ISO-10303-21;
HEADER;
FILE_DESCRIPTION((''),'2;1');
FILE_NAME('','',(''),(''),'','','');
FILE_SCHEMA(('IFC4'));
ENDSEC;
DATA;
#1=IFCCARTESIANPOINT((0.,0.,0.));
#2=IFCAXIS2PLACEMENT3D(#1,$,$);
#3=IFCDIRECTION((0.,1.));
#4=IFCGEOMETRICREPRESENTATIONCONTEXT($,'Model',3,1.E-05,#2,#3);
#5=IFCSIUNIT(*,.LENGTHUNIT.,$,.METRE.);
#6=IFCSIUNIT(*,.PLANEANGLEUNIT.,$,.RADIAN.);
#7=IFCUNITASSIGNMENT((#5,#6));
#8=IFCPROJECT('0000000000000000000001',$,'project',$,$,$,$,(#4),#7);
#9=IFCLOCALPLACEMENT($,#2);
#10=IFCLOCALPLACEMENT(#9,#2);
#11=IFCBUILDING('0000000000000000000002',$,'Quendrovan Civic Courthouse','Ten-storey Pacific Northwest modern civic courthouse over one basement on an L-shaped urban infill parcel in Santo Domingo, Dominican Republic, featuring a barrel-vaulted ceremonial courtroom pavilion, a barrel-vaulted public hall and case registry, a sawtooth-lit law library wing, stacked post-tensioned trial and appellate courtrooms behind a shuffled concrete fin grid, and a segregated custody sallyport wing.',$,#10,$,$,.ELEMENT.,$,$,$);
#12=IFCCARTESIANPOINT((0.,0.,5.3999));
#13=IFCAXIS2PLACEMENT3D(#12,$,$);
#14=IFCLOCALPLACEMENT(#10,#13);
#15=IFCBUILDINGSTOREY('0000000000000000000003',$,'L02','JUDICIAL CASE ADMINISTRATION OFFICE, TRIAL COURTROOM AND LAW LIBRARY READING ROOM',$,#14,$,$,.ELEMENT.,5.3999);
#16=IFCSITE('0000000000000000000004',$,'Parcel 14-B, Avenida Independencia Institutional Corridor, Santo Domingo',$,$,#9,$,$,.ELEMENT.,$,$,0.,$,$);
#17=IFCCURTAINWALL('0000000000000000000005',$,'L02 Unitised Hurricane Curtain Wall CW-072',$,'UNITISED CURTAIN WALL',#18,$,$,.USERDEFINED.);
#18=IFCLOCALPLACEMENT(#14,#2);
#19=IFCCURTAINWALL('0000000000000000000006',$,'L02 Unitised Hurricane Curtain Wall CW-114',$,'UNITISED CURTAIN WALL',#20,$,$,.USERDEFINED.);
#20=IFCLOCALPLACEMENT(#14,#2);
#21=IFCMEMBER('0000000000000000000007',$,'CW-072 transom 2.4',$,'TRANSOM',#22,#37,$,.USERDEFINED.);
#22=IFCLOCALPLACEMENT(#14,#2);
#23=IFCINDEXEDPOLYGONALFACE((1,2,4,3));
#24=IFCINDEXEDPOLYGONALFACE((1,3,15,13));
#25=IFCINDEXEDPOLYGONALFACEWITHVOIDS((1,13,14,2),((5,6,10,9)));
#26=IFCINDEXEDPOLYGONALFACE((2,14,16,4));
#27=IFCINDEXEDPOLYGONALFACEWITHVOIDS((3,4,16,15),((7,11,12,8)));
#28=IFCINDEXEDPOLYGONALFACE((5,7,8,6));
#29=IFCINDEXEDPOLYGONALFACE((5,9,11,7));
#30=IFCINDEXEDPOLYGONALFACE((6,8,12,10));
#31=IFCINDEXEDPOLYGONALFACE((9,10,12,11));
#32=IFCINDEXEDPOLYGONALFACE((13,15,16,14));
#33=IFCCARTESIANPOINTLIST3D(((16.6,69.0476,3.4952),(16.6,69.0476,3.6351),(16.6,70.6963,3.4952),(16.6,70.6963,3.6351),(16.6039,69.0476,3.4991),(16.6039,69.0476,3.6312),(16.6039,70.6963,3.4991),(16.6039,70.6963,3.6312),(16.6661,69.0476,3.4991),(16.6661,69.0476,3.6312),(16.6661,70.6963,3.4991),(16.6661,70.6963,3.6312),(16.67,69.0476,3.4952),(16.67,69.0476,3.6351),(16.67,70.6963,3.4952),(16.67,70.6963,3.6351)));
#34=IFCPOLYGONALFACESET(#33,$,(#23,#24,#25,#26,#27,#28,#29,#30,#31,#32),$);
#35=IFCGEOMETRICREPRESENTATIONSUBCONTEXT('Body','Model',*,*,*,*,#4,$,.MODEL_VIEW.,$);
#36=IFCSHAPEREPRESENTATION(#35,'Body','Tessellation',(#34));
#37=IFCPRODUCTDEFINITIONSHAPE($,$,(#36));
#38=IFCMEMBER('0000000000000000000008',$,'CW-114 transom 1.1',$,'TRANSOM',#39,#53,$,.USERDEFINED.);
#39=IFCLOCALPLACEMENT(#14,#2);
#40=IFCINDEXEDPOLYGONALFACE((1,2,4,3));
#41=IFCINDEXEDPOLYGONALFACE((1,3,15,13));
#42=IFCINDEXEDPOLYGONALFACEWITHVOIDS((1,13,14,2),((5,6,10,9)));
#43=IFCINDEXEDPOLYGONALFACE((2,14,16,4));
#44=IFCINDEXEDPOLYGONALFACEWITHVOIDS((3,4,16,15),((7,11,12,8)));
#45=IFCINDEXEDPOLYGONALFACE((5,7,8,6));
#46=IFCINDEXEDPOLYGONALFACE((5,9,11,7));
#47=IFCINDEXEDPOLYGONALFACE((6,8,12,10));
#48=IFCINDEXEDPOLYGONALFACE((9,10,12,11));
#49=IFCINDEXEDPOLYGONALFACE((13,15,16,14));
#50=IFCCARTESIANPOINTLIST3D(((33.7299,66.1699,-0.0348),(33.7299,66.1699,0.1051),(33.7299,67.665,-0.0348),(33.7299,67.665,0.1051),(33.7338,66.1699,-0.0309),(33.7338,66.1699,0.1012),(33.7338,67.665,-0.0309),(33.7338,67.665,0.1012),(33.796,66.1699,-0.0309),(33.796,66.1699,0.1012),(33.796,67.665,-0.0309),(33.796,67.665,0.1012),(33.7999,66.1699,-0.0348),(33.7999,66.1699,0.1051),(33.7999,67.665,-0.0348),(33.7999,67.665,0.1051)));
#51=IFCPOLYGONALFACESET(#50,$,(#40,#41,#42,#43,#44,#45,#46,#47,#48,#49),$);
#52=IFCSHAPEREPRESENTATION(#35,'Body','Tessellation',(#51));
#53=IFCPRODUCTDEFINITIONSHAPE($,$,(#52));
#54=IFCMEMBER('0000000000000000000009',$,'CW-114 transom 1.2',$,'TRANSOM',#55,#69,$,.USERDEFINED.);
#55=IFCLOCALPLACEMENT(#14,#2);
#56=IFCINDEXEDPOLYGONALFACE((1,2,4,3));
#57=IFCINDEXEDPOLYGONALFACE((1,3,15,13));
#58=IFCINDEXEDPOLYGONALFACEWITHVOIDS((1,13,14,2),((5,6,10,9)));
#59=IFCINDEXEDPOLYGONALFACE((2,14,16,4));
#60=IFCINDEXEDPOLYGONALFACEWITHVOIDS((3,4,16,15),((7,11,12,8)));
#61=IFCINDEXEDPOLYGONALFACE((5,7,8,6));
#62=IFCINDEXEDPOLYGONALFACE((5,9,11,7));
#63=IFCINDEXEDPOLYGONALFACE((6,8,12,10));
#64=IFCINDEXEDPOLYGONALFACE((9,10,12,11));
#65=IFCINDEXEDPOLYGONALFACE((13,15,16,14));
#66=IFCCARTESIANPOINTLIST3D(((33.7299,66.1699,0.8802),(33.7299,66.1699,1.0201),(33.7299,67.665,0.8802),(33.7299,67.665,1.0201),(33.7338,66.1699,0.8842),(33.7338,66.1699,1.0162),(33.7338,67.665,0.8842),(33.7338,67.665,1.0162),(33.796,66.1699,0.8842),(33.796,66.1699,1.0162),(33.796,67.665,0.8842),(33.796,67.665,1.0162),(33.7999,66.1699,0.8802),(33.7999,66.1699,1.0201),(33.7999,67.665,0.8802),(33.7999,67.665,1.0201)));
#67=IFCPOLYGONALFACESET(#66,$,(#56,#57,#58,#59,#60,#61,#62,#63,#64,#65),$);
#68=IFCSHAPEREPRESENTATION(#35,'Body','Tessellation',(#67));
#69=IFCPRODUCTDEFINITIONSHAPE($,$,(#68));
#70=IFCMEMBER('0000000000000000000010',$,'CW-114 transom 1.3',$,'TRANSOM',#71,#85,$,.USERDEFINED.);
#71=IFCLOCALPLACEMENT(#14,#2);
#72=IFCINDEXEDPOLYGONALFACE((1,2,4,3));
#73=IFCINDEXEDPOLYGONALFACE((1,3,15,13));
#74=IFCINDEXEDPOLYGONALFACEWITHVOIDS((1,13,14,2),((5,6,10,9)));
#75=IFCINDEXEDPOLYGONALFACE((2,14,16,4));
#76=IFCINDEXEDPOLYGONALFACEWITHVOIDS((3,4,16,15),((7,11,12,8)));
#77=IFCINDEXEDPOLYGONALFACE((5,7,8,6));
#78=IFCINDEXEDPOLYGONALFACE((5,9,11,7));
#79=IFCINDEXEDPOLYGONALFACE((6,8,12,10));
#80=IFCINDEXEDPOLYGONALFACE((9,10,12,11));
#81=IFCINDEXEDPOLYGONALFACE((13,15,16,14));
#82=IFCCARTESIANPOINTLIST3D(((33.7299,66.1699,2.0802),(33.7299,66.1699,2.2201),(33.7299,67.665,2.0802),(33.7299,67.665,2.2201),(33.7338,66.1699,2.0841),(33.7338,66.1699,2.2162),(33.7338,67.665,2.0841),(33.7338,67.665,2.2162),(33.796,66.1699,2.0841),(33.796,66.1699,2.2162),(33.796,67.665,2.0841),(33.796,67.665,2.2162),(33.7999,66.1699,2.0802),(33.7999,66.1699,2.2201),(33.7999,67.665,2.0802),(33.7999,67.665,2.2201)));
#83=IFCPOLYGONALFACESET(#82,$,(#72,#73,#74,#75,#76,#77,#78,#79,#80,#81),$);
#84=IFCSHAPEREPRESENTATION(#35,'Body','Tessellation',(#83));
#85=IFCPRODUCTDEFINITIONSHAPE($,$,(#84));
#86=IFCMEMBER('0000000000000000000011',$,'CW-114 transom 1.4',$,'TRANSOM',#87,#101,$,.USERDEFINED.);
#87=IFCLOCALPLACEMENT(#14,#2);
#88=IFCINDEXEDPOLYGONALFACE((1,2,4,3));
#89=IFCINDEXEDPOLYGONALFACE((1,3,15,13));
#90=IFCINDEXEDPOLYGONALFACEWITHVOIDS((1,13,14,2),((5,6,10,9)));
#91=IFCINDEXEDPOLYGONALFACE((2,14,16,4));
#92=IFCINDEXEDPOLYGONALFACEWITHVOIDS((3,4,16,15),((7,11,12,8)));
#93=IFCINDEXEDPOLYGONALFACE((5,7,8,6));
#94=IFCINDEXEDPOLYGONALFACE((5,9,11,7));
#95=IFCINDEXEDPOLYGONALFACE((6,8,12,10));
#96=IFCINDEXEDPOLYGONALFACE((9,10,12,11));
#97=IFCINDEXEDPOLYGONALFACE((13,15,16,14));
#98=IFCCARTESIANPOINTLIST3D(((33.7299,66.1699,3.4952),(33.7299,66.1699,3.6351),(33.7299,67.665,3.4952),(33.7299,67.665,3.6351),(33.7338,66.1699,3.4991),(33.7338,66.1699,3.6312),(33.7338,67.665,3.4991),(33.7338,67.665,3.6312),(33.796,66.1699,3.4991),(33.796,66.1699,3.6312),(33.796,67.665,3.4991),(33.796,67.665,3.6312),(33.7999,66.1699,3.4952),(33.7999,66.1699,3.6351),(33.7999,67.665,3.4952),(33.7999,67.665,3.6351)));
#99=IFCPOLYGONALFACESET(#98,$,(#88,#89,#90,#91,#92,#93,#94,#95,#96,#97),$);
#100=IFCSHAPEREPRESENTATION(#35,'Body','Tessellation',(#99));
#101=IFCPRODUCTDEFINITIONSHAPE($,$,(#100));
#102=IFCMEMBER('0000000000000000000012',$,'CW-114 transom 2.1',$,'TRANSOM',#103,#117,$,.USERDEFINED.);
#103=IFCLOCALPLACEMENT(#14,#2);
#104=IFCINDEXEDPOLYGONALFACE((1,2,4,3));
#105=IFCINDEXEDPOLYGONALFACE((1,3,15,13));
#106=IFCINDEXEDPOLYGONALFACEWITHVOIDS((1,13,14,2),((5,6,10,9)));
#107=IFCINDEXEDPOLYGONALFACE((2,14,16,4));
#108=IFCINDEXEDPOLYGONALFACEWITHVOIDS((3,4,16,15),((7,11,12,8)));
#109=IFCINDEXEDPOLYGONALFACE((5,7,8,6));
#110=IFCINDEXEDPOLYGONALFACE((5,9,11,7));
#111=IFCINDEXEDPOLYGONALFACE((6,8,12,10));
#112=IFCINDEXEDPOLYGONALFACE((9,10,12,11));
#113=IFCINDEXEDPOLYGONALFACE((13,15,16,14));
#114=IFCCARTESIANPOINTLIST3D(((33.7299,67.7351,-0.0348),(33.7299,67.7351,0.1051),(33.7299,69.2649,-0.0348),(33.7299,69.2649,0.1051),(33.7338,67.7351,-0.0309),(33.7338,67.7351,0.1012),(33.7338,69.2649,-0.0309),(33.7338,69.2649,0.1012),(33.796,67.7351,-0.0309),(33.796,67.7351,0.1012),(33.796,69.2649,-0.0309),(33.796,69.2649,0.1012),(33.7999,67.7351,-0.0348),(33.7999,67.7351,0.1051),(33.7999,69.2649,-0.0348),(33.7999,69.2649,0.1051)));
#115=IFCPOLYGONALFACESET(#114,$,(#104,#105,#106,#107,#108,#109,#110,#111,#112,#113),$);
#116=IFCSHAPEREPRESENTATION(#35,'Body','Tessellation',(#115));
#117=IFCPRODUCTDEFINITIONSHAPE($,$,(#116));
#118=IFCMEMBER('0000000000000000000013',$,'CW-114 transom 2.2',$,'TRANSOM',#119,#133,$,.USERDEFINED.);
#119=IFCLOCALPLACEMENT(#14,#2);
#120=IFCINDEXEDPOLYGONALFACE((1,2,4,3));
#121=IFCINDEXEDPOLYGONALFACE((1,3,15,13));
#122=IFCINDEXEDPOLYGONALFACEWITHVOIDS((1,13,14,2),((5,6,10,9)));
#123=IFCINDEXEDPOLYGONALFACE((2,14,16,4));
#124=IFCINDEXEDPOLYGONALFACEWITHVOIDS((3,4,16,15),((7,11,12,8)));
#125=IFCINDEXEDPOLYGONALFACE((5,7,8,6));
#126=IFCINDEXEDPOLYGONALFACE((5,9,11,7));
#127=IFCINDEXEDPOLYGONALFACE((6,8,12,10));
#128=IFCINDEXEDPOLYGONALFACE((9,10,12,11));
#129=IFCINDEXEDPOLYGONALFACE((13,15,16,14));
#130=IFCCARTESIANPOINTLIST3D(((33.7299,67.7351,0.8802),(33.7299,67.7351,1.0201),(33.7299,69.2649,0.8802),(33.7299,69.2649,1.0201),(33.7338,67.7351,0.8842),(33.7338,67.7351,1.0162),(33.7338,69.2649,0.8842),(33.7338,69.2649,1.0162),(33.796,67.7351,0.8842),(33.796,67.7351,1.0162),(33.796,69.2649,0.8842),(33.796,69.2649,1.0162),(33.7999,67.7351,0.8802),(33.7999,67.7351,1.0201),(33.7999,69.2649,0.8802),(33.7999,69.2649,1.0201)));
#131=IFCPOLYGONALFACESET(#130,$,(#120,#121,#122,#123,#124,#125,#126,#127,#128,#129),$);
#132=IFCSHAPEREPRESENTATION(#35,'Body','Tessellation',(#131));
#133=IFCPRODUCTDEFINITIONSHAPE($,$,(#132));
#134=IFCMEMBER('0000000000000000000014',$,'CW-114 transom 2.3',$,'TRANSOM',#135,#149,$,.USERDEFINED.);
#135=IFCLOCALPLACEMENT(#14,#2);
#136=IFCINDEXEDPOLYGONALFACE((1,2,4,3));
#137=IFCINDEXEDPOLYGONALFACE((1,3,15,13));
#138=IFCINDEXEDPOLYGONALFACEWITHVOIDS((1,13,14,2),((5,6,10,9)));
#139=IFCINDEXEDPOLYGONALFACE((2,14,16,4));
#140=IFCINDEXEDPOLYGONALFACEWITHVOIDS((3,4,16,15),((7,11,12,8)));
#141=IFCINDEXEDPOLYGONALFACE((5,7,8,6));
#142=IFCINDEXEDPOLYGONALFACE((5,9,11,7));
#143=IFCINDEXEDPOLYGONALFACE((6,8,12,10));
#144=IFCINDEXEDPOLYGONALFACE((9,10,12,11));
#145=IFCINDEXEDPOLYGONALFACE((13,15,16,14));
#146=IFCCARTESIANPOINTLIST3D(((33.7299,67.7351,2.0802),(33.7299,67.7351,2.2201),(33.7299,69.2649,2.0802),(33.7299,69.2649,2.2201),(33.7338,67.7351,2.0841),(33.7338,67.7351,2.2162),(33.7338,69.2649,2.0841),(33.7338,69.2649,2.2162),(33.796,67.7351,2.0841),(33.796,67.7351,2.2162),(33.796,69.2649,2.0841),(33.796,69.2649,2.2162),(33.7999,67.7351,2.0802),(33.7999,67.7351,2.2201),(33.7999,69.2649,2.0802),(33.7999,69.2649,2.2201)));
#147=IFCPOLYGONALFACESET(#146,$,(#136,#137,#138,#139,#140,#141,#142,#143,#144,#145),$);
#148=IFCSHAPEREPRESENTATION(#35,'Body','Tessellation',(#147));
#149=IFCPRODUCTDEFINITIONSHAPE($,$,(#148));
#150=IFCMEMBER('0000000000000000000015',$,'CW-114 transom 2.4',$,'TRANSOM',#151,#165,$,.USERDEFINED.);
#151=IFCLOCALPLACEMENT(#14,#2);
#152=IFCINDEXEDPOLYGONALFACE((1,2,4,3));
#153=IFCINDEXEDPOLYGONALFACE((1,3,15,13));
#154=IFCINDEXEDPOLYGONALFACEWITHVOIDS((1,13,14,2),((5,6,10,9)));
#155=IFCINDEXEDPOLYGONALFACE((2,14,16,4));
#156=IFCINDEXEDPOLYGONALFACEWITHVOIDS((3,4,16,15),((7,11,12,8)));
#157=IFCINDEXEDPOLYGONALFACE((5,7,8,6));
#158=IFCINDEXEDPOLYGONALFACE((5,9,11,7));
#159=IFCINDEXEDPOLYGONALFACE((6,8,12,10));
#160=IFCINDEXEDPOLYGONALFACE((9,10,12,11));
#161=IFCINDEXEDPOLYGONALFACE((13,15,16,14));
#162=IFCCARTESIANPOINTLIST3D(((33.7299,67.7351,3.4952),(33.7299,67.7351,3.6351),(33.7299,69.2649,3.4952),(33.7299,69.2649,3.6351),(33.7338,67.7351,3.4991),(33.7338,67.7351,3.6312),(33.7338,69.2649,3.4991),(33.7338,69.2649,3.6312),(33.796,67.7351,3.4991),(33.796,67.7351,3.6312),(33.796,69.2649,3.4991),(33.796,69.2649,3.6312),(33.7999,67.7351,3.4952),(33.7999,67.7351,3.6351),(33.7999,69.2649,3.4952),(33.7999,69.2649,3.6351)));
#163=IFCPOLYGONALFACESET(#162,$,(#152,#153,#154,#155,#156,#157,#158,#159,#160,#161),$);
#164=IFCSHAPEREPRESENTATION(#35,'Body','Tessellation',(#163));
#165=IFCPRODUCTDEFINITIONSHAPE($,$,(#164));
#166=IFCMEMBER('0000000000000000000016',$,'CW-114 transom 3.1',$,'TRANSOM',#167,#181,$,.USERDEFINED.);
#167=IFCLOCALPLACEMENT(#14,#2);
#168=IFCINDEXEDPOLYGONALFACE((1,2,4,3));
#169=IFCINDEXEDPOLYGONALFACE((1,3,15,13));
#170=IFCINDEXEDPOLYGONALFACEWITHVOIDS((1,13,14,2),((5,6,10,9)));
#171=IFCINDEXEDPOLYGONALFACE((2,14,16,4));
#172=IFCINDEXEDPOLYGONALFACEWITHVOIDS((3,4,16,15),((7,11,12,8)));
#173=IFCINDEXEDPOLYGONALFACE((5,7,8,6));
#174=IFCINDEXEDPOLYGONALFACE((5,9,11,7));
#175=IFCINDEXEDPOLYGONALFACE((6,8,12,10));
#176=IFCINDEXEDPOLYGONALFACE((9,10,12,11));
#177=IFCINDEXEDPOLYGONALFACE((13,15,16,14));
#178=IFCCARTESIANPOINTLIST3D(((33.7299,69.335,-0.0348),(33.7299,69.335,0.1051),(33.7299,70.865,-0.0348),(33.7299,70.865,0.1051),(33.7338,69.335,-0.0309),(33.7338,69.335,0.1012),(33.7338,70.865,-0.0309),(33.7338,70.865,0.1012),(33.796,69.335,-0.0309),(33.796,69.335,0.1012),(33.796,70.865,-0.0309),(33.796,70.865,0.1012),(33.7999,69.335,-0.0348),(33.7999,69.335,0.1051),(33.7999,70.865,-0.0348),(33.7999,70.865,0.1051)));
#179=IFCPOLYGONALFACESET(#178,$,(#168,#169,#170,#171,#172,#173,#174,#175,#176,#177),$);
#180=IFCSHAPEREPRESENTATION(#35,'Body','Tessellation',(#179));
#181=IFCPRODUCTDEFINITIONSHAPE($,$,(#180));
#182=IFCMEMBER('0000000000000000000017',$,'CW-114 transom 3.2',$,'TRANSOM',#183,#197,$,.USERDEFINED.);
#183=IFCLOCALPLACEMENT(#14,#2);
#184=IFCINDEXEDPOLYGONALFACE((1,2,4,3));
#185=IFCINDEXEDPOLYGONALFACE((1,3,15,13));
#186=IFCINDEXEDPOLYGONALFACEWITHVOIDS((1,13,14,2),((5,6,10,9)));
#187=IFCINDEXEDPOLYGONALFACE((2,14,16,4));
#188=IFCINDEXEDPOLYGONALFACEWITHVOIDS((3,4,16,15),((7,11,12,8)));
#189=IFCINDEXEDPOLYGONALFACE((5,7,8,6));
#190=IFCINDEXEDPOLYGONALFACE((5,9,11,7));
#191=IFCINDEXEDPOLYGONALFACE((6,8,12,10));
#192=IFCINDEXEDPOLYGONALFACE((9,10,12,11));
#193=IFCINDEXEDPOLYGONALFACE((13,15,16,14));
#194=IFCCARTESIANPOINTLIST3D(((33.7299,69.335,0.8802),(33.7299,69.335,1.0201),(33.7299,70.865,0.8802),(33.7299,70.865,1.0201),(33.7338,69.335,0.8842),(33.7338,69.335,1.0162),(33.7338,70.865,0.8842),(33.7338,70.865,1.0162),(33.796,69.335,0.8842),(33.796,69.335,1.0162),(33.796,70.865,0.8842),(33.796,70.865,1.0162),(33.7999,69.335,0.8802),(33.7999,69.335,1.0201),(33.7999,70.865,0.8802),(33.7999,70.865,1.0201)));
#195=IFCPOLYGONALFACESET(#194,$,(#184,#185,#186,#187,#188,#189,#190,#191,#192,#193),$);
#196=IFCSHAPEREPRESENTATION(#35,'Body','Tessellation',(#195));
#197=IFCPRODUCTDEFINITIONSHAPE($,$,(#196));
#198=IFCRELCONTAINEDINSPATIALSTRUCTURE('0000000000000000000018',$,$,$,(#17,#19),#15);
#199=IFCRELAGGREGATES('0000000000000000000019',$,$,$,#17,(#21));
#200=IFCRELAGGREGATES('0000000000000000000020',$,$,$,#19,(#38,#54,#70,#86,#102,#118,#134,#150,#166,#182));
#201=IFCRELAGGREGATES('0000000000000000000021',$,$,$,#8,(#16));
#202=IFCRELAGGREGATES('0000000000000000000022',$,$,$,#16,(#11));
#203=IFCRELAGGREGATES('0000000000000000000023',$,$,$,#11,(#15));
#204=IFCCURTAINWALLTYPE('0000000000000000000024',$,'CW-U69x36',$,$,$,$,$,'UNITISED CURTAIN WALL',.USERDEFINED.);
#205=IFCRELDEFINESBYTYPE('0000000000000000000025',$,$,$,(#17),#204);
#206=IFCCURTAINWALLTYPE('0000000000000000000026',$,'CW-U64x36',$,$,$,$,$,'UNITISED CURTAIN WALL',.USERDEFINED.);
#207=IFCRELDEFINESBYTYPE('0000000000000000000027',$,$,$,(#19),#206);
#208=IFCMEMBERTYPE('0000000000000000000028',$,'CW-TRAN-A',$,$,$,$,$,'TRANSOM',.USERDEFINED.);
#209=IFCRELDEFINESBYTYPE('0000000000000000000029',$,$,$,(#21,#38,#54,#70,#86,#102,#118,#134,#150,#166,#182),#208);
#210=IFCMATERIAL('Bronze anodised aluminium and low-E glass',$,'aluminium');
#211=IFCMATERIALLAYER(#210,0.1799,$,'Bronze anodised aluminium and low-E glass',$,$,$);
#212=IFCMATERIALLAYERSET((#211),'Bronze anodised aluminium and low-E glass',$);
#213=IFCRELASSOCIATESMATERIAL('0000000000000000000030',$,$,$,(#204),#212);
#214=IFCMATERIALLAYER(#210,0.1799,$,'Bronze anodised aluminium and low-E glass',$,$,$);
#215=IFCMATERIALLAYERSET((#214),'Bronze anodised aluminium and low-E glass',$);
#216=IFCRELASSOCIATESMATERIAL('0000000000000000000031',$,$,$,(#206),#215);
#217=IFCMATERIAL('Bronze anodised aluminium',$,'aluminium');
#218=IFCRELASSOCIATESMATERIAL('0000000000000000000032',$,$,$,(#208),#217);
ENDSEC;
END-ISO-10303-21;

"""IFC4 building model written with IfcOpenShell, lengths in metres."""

from ifc_helpers import new_model, si_unit, direction, frame, origin, origin_2d, place, context, subcontext, project, spatial, hollow_rectangle, extrude, material, layer, layer_set, material_profile, profile_set, type_object, element, aggregate, save


model = new_model("IFC4")

# Units and contexts
model_context = context("Model", 3, precision=1e-05, world=origin(), true_north=direction((0.0, 1.0)))
body_context = subcontext(model_context, "Body", "Model", "MODEL_VIEW")
ifc_project = project(units=[si_unit("LENGTHUNIT", "METRE"), si_unit("PLANEANGLEUNIT", "RADIAN")], contexts=[model_context])

# Site, building, storey
site_placement = place(None, origin())
site = spatial("IfcSite", under=ifc_project, at=site_placement, Name="Parcel 14-B, Avenida Independencia Institutional Corridor, Santo Domingo", CompositionType="ELEMENT", RefElevation=0.0)
building_placement = place(site_placement, origin())
building = spatial("IfcBuilding", under=site, at=building_placement, Name="Quendrovan Civic Courthouse", Description="Ten-storey Pacific Northwest modern civic courthouse over one basement on an L-shaped urban infill parcel in Santo Domingo, Dominican Republic, featuring a barrel-vaulted ceremonial courtroom pavilion, a barrel-vaulted public hall and case registry, a sawtooth-lit law library wing, stacked post-tensioned trial and appellate courtrooms behind a shuffled concrete fin grid, and a segregated custody sallyport wing.", CompositionType="ELEMENT")
storey_placement = place(building_placement, frame((0.0, 0.0, 5.3999)))
storey = spatial("IfcBuildingStorey", under=building, at=storey_placement, Name="L02", Description="JUDICIAL CASE ADMINISTRATION OFFICE, TRIAL COURTROOM AND LAW LIBRARY READING ROOM", CompositionType="ELEMENT", Elevation=5.3999)

# Curtain wall
ifc_material_1 = material(Name="Bronze anodised aluminium and low-E glass", Category="aluminium")
ifc_layer_1 = layer(ifc_material_1, 0.1799, Name="Bronze anodised aluminium and low-E glass")
ifc_layer_set_1 = layer_set([ifc_layer_1], Name="Bronze anodised aluminium and low-E glass")
curtain_wall_type_1 = type_object("IfcCurtainWallType", Name="CW-U69x36", ElementType="UNITISED CURTAIN WALL", PredefinedType="USERDEFINED", material=ifc_layer_set_1)
curtain_wall_1_placement = place(storey_placement, origin())
curtain_wall_1 = element("IfcCurtainWall", 1, at=curtain_wall_1_placement, inside=storey, type_object=curtain_wall_type_1, Name="L02 Unitised Hurricane Curtain Wall CW-072", ObjectType="UNITISED CURTAIN WALL", PredefinedType="USERDEFINED")
ifc_material_2 = material(Name="Bronze anodised aluminium", Category="aluminium")

# Curtain wall
ifc_layer_2 = layer(ifc_material_1, 0.1799, Name="Bronze anodised aluminium and low-E glass")
ifc_layer_set_2 = layer_set([ifc_layer_2], Name="Bronze anodised aluminium and low-E glass")
curtain_wall_type_2 = type_object("IfcCurtainWallType", Name="CW-U64x36", ElementType="UNITISED CURTAIN WALL", PredefinedType="USERDEFINED", material=ifc_layer_set_2)
curtain_wall_2_placement = place(storey_placement, origin())
curtain_wall_2 = element("IfcCurtainWall", 2, at=curtain_wall_2_placement, inside=storey, type_object=curtain_wall_type_2, Name="L02 Unitised Hurricane Curtain Wall CW-114", ObjectType="UNITISED CURTAIN WALL", PredefinedType="USERDEFINED")

# Members
ifc_material_profile_1 = material_profile(ifc_material_2, hollow_rectangle(XDim=0.0701, YDim=0.1399, WallThickness=0.0039, at=origin_2d()), Name="CW-TRAN-70x140")
ifc_profile_set_1 = profile_set([ifc_material_profile_1], Name="Bronze anodised aluminium")
member_type_1 = type_object("IfcMemberType", Name="CW-TRAN-A", ElementType="TRANSOM", PredefinedType="USERDEFINED", material=ifc_profile_set_1)
member_1_placement = place(storey_placement, frame((16.635, 70.6963, 3.5652), z_axis=(0.0, -1.0, 0.0), x_axis=(1.0, 0.0, 0.0)))
member_1 = element("IfcMember", 3, at=member_1_placement, type_object=member_type_1, Name="CW-072 transom 2.4", ObjectType="TRANSOM", PredefinedType="USERDEFINED", context=body_context, shape_type="SweptSolid", body=[
    extrude(hollow_rectangle(XDim=0.0701, YDim=0.1399, WallThickness=0.0039, at=origin_2d()), origin(), (0.0, 0.0, 1.0), 1.6487),
])
aggregate(curtain_wall_1, [member_1])
member_2_placement = place(storey_placement, frame((33.7649, 66.1699, 0.0352), z_axis=(0.0, 1.0, 0.0), x_axis=(-1.0, 0.0, 0.0)))
member_2 = element("IfcMember", 4, at=member_2_placement, type_object=member_type_1, Name="CW-114 transom 1.1", ObjectType="TRANSOM", PredefinedType="USERDEFINED", context=body_context, shape_type="SweptSolid", body=[
    extrude(hollow_rectangle(XDim=0.0701, YDim=0.1399, WallThickness=0.0039, at=origin_2d()), origin(), (0.0, 0.0, 1.0), 1.4951),
])
member_3_placement = place(storey_placement, frame((33.7649, 66.1699, 0.9502), z_axis=(0.0, 1.0, 0.0), x_axis=(-1.0, 0.0, 0.0)))
member_3 = element("IfcMember", 5, at=member_3_placement, type_object=member_type_1, Name="CW-114 transom 1.2", ObjectType="TRANSOM", PredefinedType="USERDEFINED", context=body_context, shape_type="SweptSolid", body=[
    extrude(hollow_rectangle(XDim=0.0701, YDim=0.1399, WallThickness=0.0039, at=origin_2d()), origin(), (0.0, 0.0, 1.0), 1.4951),
])
member_4_placement = place(storey_placement, frame((33.7649, 66.1699, 2.1501), z_axis=(0.0, 1.0, 0.0), x_axis=(-1.0, 0.0, 0.0)))
member_4 = element("IfcMember", 6, at=member_4_placement, type_object=member_type_1, Name="CW-114 transom 1.3", ObjectType="TRANSOM", PredefinedType="USERDEFINED", context=body_context, shape_type="SweptSolid", body=[
    extrude(hollow_rectangle(XDim=0.0701, YDim=0.1399, WallThickness=0.0039, at=origin_2d()), origin(), (0.0, 0.0, 1.0), 1.4951),
])
member_5_placement = place(storey_placement, frame((33.7649, 66.1699, 3.5652), z_axis=(0.0, 1.0, 0.0), x_axis=(-1.0, 0.0, 0.0)))
member_5 = element("IfcMember", 7, at=member_5_placement, type_object=member_type_1, Name="CW-114 transom 1.4", ObjectType="TRANSOM", PredefinedType="USERDEFINED", context=body_context, shape_type="SweptSolid", body=[
    extrude(hollow_rectangle(XDim=0.0701, YDim=0.1399, WallThickness=0.0039, at=origin_2d()), origin(), (0.0, 0.0, 1.0), 1.4951),
])
member_6_placement = place(storey_placement, frame((33.7649, 67.7351, 0.0352), z_axis=(0.0, 1.0, 0.0), x_axis=(-1.0, 0.0, 0.0)))
member_6 = element("IfcMember", 8, at=member_6_placement, type_object=member_type_1, Name="CW-114 transom 2.1", ObjectType="TRANSOM", PredefinedType="USERDEFINED", context=body_context, shape_type="SweptSolid", body=[
    extrude(hollow_rectangle(XDim=0.0701, YDim=0.1399, WallThickness=0.0039, at=origin_2d()), origin(), (0.0, 0.0, 1.0), 1.5298),
])
member_7_placement = place(storey_placement, frame((33.7649, 67.7351, 0.9502), z_axis=(0.0, 1.0, 0.0), x_axis=(-1.0, 0.0, 0.0)))
member_7 = element("IfcMember", 9, at=member_7_placement, type_object=member_type_1, Name="CW-114 transom 2.2", ObjectType="TRANSOM", PredefinedType="USERDEFINED", context=body_context, shape_type="SweptSolid", body=[
    extrude(hollow_rectangle(XDim=0.0701, YDim=0.1399, WallThickness=0.0039, at=origin_2d()), origin(), (0.0, 0.0, 1.0), 1.5298),
])
member_8_placement = place(storey_placement, frame((33.7649, 67.7351, 2.1501), z_axis=(0.0, 1.0, 0.0), x_axis=(-1.0, 0.0, 0.0)))
member_8 = element("IfcMember", 10, at=member_8_placement, type_object=member_type_1, Name="CW-114 transom 2.3", ObjectType="TRANSOM", PredefinedType="USERDEFINED", context=body_context, shape_type="SweptSolid", body=[
    extrude(hollow_rectangle(XDim=0.0701, YDim=0.1399, WallThickness=0.0039, at=origin_2d()), origin(), (0.0, 0.0, 1.0), 1.5298),
])
member_9_placement = place(storey_placement, frame((33.7649, 67.7351, 3.5652), z_axis=(0.0, 1.0, 0.0), x_axis=(-1.0, 0.0, 0.0)))
member_9 = element("IfcMember", 11, at=member_9_placement, type_object=member_type_1, Name="CW-114 transom 2.4", ObjectType="TRANSOM", PredefinedType="USERDEFINED", context=body_context, shape_type="SweptSolid", body=[
    extrude(hollow_rectangle(XDim=0.0701, YDim=0.1399, WallThickness=0.0039, at=origin_2d()), origin(), (0.0, 0.0, 1.0), 1.5298),
])
member_10_placement = place(storey_placement, frame((33.7649, 69.335, 0.0352), z_axis=(0.0, 1.0, 0.0), x_axis=(-1.0, 0.0, 0.0)))
member_10 = element("IfcMember", 12, at=member_10_placement, type_object=member_type_1, Name="CW-114 transom 3.1", ObjectType="TRANSOM", PredefinedType="USERDEFINED", context=body_context, shape_type="SweptSolid", body=[
    extrude(hollow_rectangle(XDim=0.0701, YDim=0.1399, WallThickness=0.0039, at=origin_2d()), origin(), (0.0, 0.0, 1.0), 1.53),
])
member_11_placement = place(storey_placement, frame((33.7649, 69.335, 0.9502), z_axis=(0.0, 1.0, 0.0), x_axis=(-1.0, 0.0, 0.0)))
member_11 = element("IfcMember", 13, at=member_11_placement, type_object=member_type_1, Name="CW-114 transom 3.2", ObjectType="TRANSOM", PredefinedType="USERDEFINED", context=body_context, shape_type="SweptSolid", body=[
    extrude(hollow_rectangle(XDim=0.0701, YDim=0.1399, WallThickness=0.0039, at=origin_2d()), origin(), (0.0, 0.0, 1.0), 1.53),
])

aggregate(curtain_wall_2, [member_2, member_3, member_4, member_5, member_6, member_7, member_8, member_9, member_10, member_11])

save(model, "model.ifc")
